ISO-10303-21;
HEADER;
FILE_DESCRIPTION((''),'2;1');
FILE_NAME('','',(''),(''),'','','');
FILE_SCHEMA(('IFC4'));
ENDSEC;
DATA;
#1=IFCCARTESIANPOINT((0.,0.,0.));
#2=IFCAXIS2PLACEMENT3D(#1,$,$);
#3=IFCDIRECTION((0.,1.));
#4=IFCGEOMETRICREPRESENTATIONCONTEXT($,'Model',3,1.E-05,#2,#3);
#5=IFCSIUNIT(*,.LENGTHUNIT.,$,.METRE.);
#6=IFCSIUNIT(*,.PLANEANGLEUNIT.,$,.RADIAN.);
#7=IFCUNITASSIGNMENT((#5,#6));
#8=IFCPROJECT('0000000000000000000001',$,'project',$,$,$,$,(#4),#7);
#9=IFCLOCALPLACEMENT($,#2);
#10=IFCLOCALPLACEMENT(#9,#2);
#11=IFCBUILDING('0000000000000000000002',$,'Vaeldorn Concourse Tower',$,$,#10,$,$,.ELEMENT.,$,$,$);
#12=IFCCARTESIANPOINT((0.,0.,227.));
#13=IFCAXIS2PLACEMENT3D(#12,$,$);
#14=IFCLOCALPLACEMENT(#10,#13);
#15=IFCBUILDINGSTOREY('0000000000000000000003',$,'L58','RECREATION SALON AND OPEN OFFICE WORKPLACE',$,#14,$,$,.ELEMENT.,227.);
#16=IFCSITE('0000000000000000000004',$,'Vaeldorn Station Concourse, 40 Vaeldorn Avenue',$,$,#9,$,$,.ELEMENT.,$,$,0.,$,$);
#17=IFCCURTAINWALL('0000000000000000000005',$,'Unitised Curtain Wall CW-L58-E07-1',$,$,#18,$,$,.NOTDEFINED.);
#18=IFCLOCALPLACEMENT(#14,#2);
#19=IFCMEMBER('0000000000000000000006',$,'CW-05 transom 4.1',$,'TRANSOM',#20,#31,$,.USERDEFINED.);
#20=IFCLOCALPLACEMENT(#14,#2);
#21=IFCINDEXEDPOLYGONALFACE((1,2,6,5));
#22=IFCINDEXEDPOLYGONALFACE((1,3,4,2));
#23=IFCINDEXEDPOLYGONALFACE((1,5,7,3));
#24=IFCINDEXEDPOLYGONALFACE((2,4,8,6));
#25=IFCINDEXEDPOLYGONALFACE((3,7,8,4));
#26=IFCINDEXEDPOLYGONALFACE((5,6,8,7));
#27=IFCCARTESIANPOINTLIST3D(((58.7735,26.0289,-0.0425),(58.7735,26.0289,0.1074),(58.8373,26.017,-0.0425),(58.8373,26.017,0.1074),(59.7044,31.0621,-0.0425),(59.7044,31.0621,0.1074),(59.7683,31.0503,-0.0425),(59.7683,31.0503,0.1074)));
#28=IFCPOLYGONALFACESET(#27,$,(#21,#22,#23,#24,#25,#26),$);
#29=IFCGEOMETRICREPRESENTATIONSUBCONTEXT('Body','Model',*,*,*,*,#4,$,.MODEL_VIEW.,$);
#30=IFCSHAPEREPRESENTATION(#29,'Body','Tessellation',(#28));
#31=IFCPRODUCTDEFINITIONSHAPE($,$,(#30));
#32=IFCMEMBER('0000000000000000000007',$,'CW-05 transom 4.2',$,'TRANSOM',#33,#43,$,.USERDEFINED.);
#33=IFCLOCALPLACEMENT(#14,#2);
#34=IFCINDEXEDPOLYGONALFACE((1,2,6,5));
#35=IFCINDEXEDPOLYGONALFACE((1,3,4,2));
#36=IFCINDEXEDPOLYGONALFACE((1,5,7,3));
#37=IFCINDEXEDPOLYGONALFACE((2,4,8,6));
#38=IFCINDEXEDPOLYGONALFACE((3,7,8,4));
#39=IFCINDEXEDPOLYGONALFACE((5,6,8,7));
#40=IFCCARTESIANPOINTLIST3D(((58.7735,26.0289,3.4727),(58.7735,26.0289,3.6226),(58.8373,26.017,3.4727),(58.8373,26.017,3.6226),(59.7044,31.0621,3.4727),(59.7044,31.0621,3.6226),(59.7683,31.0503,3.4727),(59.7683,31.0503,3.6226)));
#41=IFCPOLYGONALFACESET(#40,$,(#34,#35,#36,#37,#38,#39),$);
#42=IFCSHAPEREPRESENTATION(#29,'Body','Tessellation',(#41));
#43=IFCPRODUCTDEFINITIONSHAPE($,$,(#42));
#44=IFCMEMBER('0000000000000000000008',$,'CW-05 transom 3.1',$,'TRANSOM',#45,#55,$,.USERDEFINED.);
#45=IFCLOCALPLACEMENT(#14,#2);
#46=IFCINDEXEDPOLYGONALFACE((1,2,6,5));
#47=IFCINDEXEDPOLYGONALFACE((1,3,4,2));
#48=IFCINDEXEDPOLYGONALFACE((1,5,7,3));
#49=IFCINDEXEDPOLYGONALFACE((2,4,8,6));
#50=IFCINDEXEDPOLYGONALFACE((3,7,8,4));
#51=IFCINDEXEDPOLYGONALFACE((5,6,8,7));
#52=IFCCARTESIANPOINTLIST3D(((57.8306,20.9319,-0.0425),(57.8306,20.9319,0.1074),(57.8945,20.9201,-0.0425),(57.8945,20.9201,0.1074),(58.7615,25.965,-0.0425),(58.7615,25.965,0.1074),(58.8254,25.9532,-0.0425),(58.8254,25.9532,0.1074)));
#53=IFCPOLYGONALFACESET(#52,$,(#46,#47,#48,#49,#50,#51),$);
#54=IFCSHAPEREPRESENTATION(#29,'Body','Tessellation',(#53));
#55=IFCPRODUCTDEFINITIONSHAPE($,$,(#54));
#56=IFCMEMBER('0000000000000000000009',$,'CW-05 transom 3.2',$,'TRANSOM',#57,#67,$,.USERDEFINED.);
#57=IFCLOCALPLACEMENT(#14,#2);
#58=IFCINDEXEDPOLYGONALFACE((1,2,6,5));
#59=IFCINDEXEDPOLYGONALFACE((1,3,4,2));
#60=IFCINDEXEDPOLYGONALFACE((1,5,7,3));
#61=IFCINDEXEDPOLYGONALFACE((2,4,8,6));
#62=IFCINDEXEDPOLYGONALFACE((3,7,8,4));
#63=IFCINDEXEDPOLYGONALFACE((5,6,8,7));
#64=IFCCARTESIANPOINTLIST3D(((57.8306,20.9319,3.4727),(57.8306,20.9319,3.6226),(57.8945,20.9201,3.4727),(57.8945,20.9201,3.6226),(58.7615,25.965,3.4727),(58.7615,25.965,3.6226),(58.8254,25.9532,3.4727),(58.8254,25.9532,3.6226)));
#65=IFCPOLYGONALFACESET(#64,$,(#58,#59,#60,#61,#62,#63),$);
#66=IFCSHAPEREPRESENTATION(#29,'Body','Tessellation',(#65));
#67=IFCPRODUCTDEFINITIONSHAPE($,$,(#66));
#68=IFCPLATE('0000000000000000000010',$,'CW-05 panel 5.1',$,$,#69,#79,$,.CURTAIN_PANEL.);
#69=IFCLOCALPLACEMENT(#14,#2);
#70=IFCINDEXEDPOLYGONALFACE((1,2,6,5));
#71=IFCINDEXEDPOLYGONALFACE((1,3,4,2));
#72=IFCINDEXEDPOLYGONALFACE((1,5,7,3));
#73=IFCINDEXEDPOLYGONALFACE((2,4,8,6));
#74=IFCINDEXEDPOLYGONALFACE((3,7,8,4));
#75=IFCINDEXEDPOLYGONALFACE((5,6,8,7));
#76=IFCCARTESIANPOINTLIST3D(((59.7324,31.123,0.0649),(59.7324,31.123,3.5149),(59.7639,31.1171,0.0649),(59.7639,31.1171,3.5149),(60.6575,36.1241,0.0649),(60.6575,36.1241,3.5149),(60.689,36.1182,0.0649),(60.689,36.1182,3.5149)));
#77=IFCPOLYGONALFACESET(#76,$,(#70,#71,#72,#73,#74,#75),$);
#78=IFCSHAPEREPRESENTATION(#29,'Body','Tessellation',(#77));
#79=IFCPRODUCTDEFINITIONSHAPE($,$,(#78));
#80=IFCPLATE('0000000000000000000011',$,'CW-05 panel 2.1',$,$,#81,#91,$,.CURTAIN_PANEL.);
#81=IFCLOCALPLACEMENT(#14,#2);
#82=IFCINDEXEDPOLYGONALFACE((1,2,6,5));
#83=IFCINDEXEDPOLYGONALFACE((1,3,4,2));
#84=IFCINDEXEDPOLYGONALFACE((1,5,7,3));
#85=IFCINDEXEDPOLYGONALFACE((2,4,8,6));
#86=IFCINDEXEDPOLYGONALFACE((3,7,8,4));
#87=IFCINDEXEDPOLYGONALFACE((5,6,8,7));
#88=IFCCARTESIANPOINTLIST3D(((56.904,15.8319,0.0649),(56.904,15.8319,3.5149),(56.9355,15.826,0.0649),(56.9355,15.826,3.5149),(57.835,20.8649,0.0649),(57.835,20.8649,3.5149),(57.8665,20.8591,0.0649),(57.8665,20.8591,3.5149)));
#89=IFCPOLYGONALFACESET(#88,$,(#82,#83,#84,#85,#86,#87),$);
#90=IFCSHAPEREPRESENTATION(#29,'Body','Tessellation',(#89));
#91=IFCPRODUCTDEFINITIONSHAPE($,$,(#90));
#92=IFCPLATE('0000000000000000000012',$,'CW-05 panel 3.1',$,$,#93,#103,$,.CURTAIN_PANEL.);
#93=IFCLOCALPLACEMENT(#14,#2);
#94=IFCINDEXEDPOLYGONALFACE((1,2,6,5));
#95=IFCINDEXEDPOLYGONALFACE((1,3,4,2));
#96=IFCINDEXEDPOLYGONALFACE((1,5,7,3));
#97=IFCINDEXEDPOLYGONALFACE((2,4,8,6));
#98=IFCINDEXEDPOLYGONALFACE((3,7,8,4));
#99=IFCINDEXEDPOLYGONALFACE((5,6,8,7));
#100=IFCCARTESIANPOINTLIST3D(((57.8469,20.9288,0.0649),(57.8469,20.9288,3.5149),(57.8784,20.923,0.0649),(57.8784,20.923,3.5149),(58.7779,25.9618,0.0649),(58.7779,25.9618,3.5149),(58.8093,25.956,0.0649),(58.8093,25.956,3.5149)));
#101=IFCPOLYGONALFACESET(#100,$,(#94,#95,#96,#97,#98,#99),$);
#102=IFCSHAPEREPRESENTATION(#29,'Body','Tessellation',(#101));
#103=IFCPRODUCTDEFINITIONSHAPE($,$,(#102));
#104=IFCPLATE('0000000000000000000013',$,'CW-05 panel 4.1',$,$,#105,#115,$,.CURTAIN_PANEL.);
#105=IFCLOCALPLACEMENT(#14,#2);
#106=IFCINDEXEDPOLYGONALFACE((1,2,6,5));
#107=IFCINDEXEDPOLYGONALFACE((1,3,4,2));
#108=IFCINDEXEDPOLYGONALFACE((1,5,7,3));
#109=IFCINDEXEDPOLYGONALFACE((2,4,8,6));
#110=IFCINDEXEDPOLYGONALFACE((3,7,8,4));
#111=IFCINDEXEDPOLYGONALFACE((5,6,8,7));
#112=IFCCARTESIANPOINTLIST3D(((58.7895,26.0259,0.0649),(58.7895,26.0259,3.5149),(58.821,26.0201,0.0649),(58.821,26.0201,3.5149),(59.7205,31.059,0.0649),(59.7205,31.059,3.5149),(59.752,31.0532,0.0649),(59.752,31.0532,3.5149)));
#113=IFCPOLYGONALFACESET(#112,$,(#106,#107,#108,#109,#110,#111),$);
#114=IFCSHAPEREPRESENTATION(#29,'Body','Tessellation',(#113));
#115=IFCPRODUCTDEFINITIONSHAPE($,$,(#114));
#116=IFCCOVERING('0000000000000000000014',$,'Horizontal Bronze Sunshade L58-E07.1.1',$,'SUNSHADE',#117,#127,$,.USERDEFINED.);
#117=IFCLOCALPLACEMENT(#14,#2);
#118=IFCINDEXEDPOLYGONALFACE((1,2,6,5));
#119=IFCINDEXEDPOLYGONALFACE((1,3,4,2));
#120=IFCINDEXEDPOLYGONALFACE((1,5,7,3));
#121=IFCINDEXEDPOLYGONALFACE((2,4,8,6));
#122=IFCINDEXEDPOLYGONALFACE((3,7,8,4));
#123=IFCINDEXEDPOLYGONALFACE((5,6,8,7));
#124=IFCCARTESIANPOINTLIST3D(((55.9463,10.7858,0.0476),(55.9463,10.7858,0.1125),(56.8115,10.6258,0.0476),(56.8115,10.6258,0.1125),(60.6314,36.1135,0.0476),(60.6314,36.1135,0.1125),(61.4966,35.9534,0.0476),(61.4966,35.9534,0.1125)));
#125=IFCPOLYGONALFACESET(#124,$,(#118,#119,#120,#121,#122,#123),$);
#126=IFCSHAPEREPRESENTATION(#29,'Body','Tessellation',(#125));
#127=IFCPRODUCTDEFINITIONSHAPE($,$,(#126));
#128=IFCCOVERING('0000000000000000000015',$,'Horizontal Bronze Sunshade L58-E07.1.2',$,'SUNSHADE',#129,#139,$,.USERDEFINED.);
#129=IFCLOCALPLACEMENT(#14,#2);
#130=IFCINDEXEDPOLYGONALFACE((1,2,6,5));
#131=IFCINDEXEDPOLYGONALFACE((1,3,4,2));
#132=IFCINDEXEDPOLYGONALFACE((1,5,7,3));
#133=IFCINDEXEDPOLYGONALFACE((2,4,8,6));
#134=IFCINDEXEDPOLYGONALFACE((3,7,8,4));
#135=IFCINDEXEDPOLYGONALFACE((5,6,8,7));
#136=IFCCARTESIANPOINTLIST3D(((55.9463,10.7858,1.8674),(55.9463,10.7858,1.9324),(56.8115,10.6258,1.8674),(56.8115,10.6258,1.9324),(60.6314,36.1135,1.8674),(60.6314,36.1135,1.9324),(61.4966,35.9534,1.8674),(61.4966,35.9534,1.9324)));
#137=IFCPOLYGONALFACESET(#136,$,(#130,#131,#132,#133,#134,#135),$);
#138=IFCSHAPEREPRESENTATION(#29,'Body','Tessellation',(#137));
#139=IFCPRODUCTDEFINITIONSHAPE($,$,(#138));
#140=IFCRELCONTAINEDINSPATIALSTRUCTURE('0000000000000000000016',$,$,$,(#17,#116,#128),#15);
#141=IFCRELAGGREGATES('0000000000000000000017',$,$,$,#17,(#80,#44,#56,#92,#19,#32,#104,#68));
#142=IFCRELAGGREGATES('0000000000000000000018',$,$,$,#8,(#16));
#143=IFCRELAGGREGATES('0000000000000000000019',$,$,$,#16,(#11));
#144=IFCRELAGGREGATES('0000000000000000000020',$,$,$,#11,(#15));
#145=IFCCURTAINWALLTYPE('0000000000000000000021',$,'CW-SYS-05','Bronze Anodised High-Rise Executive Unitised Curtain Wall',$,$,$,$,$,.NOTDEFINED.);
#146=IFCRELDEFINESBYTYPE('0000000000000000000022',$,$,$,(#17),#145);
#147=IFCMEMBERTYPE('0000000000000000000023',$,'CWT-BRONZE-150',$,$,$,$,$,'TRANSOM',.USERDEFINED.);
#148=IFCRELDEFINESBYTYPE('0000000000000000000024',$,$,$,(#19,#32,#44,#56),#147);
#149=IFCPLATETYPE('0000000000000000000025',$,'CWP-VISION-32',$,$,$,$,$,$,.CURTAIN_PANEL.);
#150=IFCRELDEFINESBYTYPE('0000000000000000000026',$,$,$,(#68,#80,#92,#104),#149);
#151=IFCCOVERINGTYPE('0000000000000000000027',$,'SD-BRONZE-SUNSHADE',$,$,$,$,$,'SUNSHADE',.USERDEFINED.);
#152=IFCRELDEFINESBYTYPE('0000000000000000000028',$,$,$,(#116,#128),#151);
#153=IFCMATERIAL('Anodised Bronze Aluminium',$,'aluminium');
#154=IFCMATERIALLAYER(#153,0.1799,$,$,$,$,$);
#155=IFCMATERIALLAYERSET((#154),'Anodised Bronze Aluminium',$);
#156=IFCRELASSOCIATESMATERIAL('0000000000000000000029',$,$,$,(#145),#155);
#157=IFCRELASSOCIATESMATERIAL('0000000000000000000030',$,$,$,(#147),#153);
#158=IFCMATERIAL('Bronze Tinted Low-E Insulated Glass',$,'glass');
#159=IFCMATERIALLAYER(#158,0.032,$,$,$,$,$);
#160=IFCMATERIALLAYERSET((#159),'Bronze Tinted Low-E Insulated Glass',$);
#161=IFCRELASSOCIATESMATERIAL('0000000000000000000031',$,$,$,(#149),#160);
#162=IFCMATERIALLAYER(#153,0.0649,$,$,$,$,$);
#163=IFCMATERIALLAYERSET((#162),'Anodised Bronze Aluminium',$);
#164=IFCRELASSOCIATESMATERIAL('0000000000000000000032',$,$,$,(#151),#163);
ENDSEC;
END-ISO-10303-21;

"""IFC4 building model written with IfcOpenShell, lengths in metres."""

from ifc_helpers import new_model, si_unit, direction, frame, origin, origin_2d, place, context, subcontext, project, spatial, rectangle, extrude, source, transform, mapped, material, layer, layer_set, material_profile, profile_set, type_object, element, aggregate, save


model = new_model("IFC4")

# Units and contexts
model_context = context("Model", 3, precision=1e-05, world=origin(), true_north=direction((0.0, 1.0)))
body_context = subcontext(model_context, "Body", "Model", "MODEL_VIEW")
ifc_project = project(units=[si_unit("LENGTHUNIT", "METRE"), si_unit("PLANEANGLEUNIT", "RADIAN")], contexts=[model_context])

# Site, building, storey
site_placement = place(None, origin())
site = spatial("IfcSite", under=ifc_project, at=site_placement, Name="Vaeldorn Station Concourse, 40 Vaeldorn Avenue", CompositionType="ELEMENT", RefElevation=0.0)
building_placement = place(site_placement, origin())
building = spatial("IfcBuilding", under=site, at=building_placement, Name="Vaeldorn Concourse Tower", CompositionType="ELEMENT")
storey_placement = place(building_placement, frame((0.0, 0.0, 227.0)))
storey = spatial("IfcBuildingStorey", under=building, at=storey_placement, Name="L58", Description="RECREATION SALON AND OPEN OFFICE WORKPLACE", CompositionType="ELEMENT", Elevation=227.0)

# Curtain wall, members, plates
ifc_material_1 = material(Name="Anodised Bronze Aluminium", Category="aluminium")
ifc_layer_1 = layer(ifc_material_1, 0.1799)
ifc_layer_set_1 = layer_set([ifc_layer_1], Name="Anodised Bronze Aluminium")
curtain_wall_type = type_object("IfcCurtainWallType", Name="CW-SYS-05", Description="Bronze Anodised High-Rise Executive Unitised Curtain Wall", PredefinedType="NOTDEFINED", material=ifc_layer_set_1)
curtain_wall_placement = place(storey_placement, origin())
curtain_wall = element("IfcCurtainWall", 1, at=curtain_wall_placement, inside=storey, type_object=curtain_wall_type, Name="Unitised Curtain Wall CW-L58-E07-1", PredefinedType="NOTDEFINED")
ifc_material_profile_1 = material_profile(ifc_material_1, rectangle(XDim=0.0649, YDim=0.1499, at=origin_2d()), Name="CWT 65x150")
ifc_profile_set_1 = profile_set([ifc_material_profile_1], Name="Anodised Bronze Aluminium")
member_type_1 = type_object("IfcMemberType", Name="CWT-BRONZE-150", ElementType="TRANSOM", PredefinedType="USERDEFINED", material=ifc_profile_set_1)
shared_shape_1 = source(origin(), body_context, "Body", "SweptSolid", [
    extrude(rectangle(XDim=0.0649, YDim=0.1499, at=origin_2d()), origin(), (0.0, 0.0, 1.0), 5.1187),
])
member_1_placement = place(storey_placement, frame((58.8054, 26.0229, 0.0325), z_axis=(0.181869, 0.983323, 0.0), x_axis=(-0.983323, 0.181869, 0.0)))
member_1 = element("IfcMember", 2, at=member_1_placement, type_object=member_type_1, Name="CW-05 transom 4.1", ObjectType="TRANSOM", PredefinedType="USERDEFINED", context=body_context, shape_type="MappedRepresentation", body=[
    mapped(shared_shape_1, transform((0.0, 0.0, 0.0), scale=1.0)),
])
member_2_placement = place(storey_placement, frame((58.8054, 26.0229, 3.5476), z_axis=(0.181869, 0.983323, 0.0), x_axis=(-0.983323, 0.181869, 0.0)))
member_2 = element("IfcMember", 3, at=member_2_placement, type_object=member_type_1, Name="CW-05 transom 4.2", ObjectType="TRANSOM", PredefinedType="USERDEFINED", context=body_context, shape_type="MappedRepresentation", body=[
    mapped(shared_shape_1, transform((0.0, 0.0, 0.0), scale=1.0)),
])
shared_shape_2 = source(origin(), body_context, "Body", "SweptSolid", [
    extrude(rectangle(XDim=0.0649, YDim=0.1499, at=origin_2d()), origin(), (0.0, 0.0, 1.0), 5.1184),
])
member_3_placement = place(storey_placement, frame((57.8625, 20.926, 0.0325), z_axis=(0.181877, 0.983321, 0.0), x_axis=(-0.983321, 0.181877, 0.0)))
member_3 = element("IfcMember", 4, at=member_3_placement, type_object=member_type_1, Name="CW-05 transom 3.1", ObjectType="TRANSOM", PredefinedType="USERDEFINED", context=body_context, shape_type="MappedRepresentation", body=[
    mapped(shared_shape_2, transform((0.0, 0.0, 0.0), scale=1.0)),
])
member_4_placement = place(storey_placement, frame((57.8625, 20.926, 3.5476), z_axis=(0.181877, 0.983321, 0.0), x_axis=(-0.983321, 0.181877, 0.0)))
member_4 = element("IfcMember", 5, at=member_4_placement, type_object=member_type_1, Name="CW-05 transom 3.2", ObjectType="TRANSOM", PredefinedType="USERDEFINED", context=body_context, shape_type="MappedRepresentation", body=[
    mapped(shared_shape_2, transform((0.0, 0.0, 0.0), scale=1.0)),
])
ifc_material_2 = material(Name="Bronze Tinted Low-E Insulated Glass", Category="glass")
ifc_layer_2 = layer(ifc_material_2, 0.032)
ifc_layer_set_2 = layer_set([ifc_layer_2], Name="Bronze Tinted Low-E Insulated Glass")
plate_type = type_object("IfcPlateType", Name="CWP-VISION-32", PredefinedType="CURTAIN_PANEL", material=ifc_layer_set_2)
shared_shape_3 = source(origin(), body_context, "Body", "SweptSolid", [
    extrude(rectangle(XDim=5.0859, YDim=0.032, at=origin_2d()), origin(), (0.0, 0.0, 1.0), 3.45),
])
plate_1_placement = place(storey_placement, frame((60.2107, 33.6206, 0.0649), z_axis=(0.0, 0.0, 1.0), x_axis=(0.18189, 0.983319, 0.0)))
plate_1 = element("IfcPlate", 6, at=plate_1_placement, type_object=plate_type, Name="CW-05 panel 5.1", PredefinedType="CURTAIN_PANEL", context=body_context, shape_type="MappedRepresentation", body=[
    mapped(shared_shape_3, transform((0.0, 0.0, 0.0), scale=1.0)),
])
shared_shape_4 = source(origin(), body_context, "Body", "SweptSolid", [
    extrude(rectangle(XDim=5.1184, YDim=0.032, at=origin_2d()), origin(), (0.0, 0.0, 1.0), 3.45),
])
plate_2_placement = place(storey_placement, frame((57.3853, 18.3455, 0.0649), z_axis=(0.0, 0.0, 1.0), x_axis=(0.18189, 0.983319, 0.0)))
plate_2 = element("IfcPlate", 7, at=plate_2_placement, type_object=plate_type, Name="CW-05 panel 2.1", PredefinedType="CURTAIN_PANEL", context=body_context, shape_type="MappedRepresentation", body=[
    mapped(shared_shape_4, transform((0.0, 0.0, 0.0), scale=1.0)),
])
plate_3_placement = place(storey_placement, frame((58.3281, 23.4424, 0.0649), z_axis=(0.0, 0.0, 1.0), x_axis=(0.18189, 0.983319, 0.0)))
plate_3 = element("IfcPlate", 8, at=plate_3_placement, type_object=plate_type, Name="CW-05 panel 3.1", PredefinedType="CURTAIN_PANEL", context=body_context, shape_type="MappedRepresentation", body=[
    mapped(shared_shape_4, transform((0.0, 0.0, 0.0), scale=1.0)),
])
plate_4_placement = place(storey_placement, frame((59.2708, 28.5396, 0.0649), z_axis=(0.0, 0.0, 1.0), x_axis=(0.18189, 0.983319, 0.0)))
plate_4 = element("IfcPlate", 9, at=plate_4_placement, type_object=plate_type, Name="CW-05 panel 4.1", PredefinedType="CURTAIN_PANEL", context=body_context, shape_type="MappedRepresentation", body=[
    mapped(shared_shape_4, transform((0.0, 0.0, 0.0), scale=1.0)),
])
aggregate(curtain_wall, [plate_2, member_3, member_4, plate_3, member_1, member_2, plate_4, plate_1])

# Coverings
ifc_layer_3 = layer(ifc_material_1, 0.0649)
ifc_layer_set_3 = layer_set([ifc_layer_3], Name="Anodised Bronze Aluminium")
covering_type = type_object("IfcCoveringType", Name="SD-BRONZE-SUNSHADE", ElementType="SUNSHADE", PredefinedType="USERDEFINED", material=ifc_layer_set_3)
shared_shape_5 = source(origin(), body_context, "Body", "SweptSolid", [
    extrude(rectangle(XDim=25.7573, YDim=0.8799, at=origin_2d()), origin(), (0.0, 0.0, 1.0), 0.0649),
])
for number, where, z_axis, x_axis, name in (
    (10, (58.7214, 23.3696, 0.0476), (0.0, 0.0, 1.0), (0.181892, 0.983318, 0.0), "Horizontal Bronze Sunshade L58-E07.1.1"),
    (11, (58.7214, 23.3696, 1.8674), (0.0, 0.0, 1.0), (0.181892, 0.983318, 0.0), "Horizontal Bronze Sunshade L58-E07.1.2"),
):
    element("IfcCovering", number, at=place(storey_placement, frame(where, z_axis=z_axis, x_axis=x_axis)), inside=storey, type_object=covering_type, Name=name, ObjectType="SUNSHADE", PredefinedType="USERDEFINED", context=body_context, shape_type="MappedRepresentation", body=[
        mapped(shared_shape_5, transform((0.0, 0.0, 0.0), scale=1.0)),
    ])

save(model, "model.ifc")
